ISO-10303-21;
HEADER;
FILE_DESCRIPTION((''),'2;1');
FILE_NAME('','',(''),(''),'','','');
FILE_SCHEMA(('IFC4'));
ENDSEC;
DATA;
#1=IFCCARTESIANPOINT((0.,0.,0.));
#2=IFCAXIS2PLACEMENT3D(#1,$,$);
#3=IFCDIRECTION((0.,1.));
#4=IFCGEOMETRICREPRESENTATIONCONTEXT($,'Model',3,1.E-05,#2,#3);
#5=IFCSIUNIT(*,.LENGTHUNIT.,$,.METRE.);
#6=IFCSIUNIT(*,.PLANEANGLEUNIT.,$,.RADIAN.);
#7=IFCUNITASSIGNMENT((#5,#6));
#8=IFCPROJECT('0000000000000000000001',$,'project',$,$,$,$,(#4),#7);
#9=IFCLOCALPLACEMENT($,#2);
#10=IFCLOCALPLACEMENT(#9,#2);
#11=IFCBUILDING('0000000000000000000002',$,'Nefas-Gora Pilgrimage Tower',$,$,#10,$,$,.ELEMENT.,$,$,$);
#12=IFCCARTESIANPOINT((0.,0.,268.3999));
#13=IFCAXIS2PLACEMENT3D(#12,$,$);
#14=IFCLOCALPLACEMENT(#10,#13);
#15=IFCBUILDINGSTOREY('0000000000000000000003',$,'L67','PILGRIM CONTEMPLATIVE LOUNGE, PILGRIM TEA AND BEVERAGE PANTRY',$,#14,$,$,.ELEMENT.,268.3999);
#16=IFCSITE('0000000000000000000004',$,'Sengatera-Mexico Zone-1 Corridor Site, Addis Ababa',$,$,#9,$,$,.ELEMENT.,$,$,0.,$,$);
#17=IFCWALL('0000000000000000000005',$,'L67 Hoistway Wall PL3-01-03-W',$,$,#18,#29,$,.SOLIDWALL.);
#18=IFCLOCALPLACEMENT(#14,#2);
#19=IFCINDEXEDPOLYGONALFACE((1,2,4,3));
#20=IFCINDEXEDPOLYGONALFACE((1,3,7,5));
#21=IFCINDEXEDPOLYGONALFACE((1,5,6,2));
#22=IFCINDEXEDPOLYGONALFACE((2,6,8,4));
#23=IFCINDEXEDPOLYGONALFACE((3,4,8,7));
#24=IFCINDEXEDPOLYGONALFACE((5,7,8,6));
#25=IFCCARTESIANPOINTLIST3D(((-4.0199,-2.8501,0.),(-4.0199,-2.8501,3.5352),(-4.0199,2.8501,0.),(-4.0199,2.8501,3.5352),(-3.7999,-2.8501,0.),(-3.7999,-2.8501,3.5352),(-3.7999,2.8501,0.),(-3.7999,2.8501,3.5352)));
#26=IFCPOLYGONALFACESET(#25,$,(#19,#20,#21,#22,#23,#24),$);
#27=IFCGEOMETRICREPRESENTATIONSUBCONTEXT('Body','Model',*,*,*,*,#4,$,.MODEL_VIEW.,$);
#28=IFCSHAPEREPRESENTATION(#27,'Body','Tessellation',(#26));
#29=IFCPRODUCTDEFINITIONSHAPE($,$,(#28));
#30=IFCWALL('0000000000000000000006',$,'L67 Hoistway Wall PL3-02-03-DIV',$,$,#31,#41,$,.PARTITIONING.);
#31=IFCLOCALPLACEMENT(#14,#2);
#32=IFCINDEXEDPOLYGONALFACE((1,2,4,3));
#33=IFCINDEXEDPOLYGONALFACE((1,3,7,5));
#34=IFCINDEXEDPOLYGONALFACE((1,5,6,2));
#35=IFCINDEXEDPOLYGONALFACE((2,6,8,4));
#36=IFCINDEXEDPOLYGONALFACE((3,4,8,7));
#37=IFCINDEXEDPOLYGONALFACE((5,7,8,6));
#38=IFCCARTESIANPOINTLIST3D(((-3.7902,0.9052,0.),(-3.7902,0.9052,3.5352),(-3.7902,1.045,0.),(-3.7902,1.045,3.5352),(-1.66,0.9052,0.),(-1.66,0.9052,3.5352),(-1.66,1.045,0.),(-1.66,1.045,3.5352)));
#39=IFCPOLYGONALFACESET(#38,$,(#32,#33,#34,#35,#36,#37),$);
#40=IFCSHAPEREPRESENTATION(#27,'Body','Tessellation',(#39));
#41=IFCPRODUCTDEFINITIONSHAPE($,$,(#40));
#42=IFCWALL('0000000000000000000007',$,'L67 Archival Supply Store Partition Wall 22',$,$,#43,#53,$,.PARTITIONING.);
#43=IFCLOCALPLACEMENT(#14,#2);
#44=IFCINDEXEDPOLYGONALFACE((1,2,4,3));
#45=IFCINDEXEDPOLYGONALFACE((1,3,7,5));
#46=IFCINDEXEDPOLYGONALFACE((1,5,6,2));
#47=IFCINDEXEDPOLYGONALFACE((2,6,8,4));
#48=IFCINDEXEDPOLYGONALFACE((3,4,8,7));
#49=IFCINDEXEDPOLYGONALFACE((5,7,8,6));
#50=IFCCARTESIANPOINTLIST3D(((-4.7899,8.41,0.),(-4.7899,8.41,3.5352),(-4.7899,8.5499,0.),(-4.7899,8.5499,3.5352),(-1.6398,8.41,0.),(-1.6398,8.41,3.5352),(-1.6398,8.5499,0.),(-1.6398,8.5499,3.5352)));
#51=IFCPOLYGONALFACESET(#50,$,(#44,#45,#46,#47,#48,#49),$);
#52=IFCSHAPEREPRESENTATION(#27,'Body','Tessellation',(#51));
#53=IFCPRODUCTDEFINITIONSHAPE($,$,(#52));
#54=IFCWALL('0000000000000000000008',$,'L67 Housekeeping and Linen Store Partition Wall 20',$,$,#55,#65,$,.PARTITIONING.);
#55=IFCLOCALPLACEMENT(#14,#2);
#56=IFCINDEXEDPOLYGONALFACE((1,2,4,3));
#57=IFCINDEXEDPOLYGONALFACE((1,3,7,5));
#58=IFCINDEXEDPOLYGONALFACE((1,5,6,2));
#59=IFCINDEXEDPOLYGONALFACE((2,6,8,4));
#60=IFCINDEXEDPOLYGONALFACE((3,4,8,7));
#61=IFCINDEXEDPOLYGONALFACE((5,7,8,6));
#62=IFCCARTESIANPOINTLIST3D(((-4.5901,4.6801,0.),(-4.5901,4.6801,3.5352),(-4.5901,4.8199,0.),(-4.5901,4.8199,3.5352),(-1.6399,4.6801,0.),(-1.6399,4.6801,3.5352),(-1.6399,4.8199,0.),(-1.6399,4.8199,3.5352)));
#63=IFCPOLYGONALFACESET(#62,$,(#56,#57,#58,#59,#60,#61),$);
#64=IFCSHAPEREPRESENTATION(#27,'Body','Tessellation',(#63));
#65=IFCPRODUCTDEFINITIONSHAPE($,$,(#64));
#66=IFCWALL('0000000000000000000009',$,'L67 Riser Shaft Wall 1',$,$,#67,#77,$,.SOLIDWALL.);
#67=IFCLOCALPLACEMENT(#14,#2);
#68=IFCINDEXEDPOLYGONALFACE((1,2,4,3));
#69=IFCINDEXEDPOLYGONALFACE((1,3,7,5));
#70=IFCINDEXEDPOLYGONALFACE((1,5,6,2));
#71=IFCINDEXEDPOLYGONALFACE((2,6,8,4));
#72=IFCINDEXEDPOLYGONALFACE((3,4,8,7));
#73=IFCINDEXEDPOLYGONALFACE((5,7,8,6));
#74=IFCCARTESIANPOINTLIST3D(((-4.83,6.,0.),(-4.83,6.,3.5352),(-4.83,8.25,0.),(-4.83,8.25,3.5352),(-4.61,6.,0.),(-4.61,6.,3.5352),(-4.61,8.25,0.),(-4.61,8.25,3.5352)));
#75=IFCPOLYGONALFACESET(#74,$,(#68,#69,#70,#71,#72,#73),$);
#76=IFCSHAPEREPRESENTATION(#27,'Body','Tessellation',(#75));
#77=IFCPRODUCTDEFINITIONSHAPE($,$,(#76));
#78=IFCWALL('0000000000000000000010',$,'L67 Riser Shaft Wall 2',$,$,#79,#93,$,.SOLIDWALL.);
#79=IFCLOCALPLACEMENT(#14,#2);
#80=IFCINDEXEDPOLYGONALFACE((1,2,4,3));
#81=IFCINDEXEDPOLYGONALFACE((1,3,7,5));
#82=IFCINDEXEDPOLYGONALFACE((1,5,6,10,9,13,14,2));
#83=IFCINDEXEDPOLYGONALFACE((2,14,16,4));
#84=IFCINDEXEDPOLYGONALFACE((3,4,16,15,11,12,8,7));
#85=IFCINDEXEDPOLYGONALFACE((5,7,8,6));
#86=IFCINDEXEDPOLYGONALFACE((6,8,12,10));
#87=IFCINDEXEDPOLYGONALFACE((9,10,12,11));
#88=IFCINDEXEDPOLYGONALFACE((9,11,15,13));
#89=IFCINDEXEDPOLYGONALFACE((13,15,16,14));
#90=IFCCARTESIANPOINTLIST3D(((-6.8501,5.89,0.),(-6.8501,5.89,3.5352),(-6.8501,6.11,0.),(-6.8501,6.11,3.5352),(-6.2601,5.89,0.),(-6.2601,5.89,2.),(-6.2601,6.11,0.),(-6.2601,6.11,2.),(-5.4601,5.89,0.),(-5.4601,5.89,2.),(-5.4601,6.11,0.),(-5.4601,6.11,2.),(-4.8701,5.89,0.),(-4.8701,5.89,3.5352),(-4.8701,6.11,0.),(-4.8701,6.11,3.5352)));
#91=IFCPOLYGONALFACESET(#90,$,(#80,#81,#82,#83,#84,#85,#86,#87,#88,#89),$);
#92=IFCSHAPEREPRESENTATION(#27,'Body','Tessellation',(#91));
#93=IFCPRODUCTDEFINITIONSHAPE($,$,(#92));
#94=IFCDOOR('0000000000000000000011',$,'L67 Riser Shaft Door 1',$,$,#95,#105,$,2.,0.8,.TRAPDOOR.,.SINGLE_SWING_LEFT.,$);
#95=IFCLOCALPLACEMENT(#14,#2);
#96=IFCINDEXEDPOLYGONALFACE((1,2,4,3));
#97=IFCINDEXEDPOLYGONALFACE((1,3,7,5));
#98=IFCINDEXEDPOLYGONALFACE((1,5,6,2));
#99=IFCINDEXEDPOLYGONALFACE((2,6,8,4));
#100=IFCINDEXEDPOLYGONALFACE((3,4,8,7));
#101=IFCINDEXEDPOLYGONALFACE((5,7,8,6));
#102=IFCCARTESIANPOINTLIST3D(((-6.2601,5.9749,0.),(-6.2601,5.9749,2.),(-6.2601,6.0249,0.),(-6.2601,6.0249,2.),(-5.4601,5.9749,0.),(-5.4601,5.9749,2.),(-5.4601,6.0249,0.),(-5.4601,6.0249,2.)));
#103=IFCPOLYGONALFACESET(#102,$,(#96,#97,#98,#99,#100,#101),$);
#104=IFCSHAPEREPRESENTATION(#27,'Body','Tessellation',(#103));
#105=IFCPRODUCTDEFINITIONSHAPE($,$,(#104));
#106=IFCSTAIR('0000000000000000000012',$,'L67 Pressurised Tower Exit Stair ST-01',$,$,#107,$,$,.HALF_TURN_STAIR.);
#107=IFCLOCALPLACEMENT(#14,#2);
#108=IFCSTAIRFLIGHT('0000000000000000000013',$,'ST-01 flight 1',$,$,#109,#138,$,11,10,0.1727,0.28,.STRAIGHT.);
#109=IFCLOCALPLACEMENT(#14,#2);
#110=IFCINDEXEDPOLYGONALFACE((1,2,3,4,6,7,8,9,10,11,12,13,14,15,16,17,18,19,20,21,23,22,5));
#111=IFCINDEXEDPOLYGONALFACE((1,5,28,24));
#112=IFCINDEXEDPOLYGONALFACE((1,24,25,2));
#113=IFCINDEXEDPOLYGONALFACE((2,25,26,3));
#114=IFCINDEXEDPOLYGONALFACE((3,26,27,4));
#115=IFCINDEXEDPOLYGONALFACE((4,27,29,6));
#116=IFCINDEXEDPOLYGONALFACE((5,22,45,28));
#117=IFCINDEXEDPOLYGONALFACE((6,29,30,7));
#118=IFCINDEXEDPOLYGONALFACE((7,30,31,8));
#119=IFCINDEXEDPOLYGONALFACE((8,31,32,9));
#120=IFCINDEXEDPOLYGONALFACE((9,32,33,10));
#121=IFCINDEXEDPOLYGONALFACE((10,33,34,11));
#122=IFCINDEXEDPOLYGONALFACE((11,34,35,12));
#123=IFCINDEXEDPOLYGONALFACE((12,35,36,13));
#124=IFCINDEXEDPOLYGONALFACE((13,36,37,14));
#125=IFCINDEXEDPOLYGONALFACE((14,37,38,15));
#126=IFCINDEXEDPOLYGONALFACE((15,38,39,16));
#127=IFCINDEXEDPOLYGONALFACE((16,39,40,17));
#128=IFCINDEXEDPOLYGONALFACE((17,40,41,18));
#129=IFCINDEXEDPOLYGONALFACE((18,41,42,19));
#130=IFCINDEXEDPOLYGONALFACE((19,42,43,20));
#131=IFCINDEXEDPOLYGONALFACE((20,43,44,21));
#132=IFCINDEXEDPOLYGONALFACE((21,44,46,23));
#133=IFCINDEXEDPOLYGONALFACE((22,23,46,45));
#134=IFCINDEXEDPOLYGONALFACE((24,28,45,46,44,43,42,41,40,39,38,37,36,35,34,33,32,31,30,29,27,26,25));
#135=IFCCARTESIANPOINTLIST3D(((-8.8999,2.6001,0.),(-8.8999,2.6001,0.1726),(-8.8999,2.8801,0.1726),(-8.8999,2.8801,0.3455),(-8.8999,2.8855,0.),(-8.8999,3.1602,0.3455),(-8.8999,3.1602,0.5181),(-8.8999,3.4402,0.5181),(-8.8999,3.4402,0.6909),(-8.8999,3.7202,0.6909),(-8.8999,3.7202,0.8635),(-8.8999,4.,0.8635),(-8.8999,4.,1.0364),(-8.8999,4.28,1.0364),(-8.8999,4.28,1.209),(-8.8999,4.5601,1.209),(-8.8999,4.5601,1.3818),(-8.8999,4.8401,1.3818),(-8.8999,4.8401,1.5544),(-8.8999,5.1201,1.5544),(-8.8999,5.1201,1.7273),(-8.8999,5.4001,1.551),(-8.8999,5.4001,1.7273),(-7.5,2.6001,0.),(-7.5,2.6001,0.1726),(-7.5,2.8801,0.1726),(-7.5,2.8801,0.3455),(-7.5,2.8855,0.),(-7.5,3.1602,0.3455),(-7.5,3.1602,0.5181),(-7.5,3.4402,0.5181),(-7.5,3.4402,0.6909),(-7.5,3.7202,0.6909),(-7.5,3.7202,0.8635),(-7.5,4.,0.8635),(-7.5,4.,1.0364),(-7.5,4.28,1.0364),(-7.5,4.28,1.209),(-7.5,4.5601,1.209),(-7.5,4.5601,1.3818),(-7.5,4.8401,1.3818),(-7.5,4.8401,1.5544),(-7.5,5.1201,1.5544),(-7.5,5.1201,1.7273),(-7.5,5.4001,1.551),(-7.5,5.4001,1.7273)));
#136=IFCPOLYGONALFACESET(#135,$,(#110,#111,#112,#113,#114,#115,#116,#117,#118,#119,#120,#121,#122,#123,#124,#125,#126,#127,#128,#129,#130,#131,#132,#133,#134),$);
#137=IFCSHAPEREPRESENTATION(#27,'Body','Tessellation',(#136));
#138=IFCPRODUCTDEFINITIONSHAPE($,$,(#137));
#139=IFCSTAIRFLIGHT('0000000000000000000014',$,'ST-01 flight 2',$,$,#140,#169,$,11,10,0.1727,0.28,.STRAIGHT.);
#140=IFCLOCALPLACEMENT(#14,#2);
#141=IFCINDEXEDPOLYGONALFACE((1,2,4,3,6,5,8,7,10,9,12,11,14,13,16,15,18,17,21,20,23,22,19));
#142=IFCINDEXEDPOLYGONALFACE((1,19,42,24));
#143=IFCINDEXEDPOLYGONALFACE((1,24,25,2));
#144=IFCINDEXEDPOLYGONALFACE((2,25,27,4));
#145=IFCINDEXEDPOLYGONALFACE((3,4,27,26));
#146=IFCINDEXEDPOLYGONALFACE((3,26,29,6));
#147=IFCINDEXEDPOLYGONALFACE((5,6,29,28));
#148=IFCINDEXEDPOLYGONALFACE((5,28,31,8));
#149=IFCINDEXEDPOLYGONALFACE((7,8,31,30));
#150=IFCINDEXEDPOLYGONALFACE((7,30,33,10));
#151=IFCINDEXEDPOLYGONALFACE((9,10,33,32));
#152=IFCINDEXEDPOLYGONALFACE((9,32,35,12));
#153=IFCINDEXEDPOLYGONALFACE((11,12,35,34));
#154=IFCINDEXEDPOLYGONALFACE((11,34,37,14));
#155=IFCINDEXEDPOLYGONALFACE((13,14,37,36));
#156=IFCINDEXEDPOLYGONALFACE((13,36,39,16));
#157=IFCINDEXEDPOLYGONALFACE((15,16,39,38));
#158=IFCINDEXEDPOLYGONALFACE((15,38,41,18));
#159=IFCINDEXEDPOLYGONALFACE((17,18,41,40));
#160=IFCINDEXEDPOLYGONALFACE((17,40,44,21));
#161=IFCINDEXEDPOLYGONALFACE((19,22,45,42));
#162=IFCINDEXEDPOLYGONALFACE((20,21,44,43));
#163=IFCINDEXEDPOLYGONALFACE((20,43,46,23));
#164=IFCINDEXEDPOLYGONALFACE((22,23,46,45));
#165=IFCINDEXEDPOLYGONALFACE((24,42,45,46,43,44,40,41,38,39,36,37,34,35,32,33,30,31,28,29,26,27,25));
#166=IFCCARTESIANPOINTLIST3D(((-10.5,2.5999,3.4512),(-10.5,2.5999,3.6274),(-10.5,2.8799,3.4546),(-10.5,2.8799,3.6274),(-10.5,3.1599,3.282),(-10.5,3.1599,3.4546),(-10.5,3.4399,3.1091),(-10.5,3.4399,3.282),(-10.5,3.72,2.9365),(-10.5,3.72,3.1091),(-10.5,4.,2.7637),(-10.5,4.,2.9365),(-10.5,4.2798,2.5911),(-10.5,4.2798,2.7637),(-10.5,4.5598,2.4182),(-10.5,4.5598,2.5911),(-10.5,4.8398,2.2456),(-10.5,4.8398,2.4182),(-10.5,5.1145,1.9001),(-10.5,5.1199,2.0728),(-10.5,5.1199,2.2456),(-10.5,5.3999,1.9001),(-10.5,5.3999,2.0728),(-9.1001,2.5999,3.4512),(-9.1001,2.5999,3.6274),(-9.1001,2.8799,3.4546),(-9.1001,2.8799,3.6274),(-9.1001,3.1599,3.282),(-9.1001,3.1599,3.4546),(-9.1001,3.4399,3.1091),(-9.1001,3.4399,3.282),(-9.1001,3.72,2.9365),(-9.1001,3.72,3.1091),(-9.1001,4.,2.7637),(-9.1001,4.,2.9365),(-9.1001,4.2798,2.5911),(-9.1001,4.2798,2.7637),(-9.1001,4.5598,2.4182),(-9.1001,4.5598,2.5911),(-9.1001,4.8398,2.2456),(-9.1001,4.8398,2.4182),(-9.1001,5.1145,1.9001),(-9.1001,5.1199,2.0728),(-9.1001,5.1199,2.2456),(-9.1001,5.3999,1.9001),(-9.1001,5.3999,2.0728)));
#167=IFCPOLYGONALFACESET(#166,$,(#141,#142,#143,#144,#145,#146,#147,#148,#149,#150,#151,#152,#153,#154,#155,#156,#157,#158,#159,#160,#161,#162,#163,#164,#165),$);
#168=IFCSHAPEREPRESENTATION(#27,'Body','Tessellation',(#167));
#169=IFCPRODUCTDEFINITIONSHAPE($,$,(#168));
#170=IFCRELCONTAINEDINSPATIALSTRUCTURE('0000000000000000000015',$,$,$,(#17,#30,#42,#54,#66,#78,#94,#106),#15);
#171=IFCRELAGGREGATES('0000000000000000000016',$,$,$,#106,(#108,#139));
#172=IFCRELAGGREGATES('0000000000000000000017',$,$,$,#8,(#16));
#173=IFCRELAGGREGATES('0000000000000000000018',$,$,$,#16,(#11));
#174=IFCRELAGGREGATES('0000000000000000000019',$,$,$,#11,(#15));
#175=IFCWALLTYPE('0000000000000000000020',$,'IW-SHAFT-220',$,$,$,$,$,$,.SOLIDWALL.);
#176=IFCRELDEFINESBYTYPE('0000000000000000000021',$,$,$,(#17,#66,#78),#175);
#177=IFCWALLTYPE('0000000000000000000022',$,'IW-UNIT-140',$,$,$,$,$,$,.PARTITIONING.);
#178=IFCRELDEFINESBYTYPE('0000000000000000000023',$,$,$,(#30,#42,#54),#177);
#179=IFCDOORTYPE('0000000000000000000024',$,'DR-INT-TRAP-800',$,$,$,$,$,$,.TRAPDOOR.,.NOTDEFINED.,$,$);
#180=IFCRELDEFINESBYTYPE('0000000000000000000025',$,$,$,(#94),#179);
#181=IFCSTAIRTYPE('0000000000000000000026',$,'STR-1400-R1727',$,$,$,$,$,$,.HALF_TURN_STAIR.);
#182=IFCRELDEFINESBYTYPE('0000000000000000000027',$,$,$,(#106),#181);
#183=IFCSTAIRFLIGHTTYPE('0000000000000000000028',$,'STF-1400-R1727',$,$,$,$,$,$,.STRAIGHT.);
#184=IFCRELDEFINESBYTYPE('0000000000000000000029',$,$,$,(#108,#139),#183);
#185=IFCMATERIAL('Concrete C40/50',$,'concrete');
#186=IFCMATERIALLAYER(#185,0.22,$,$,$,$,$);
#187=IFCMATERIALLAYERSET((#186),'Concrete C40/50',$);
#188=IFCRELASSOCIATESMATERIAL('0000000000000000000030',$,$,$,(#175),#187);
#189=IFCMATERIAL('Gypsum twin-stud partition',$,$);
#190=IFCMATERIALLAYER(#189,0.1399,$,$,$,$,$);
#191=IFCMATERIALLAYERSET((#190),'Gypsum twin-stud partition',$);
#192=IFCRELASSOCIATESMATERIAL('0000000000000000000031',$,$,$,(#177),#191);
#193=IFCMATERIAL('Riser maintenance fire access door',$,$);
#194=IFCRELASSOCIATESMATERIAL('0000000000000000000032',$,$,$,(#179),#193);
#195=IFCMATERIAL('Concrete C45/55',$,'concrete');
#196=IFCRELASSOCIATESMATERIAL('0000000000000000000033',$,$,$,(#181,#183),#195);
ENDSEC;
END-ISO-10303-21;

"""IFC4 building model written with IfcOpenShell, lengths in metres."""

from ifc_helpers import new_model, si_unit, direction, frame, frame_2d, origin, place, context, subcontext, project, spatial, polyline, rectangle, outline, extrude, source, transform, mapped, material, layer, layer_set, type_object, element, fill, aggregate, save


model = new_model("IFC4")

# Units and contexts
model_context = context("Model", 3, precision=1e-05, world=origin(), true_north=direction((0.0, 1.0)))
body_context = subcontext(model_context, "Body", "Model", "MODEL_VIEW")
ifc_project = project(units=[si_unit("LENGTHUNIT", "METRE"), si_unit("PLANEANGLEUNIT", "RADIAN")], contexts=[model_context])

# Site, building, storey
site_placement = place(None, origin())
site = spatial("IfcSite", under=ifc_project, at=site_placement, Name="Sengatera-Mexico Zone-1 Corridor Site, Addis Ababa", CompositionType="ELEMENT", RefElevation=0.0)
building_placement = place(site_placement, origin())
building = spatial("IfcBuilding", under=site, at=building_placement, Name="Nefas-Gora Pilgrimage Tower", CompositionType="ELEMENT")
storey_placement = place(building_placement, frame((0.0, 0.0, 268.3999)))
storey = spatial("IfcBuildingStorey", under=building, at=storey_placement, Name="L67", Description="PILGRIM CONTEMPLATIVE LOUNGE, PILGRIM TEA AND BEVERAGE PANTRY", CompositionType="ELEMENT", Elevation=268.3999)

# Shared definitions
ifc_material_1 = material(Name="Concrete C45/55", Category="concrete")

# Shared definitions
ifc_material_2 = material(Name="Concrete C40/50", Category="concrete")
ifc_layer_1 = layer(ifc_material_2, 0.22)
ifc_layer_set_1 = layer_set([ifc_layer_1], Name="Concrete C40/50")
wall_type_1 = type_object("IfcWallType", Name="IW-SHAFT-220", PredefinedType="SOLIDWALL", material=ifc_layer_set_1)

# Walls
shared_shape_1 = source(origin(), body_context, "Body", "SweptSolid", [
    extrude(rectangle(XDim=5.7002, YDim=0.22, at=frame_2d((2.8501, 0.0))), origin(), (0.0, 0.0, 1.0), 3.5352),
])
wall_1_placement = place(storey_placement, frame((-3.9099, 2.8501, 0.0), z_axis=(0.0, 0.0, 1.0), x_axis=(0.0, -1.0, 0.0)))
element("IfcWall", 1, at=wall_1_placement, inside=storey, type_object=wall_type_1, Name="L67 Hoistway Wall PL3-01-03-W", PredefinedType="SOLIDWALL", context=body_context, shape_type="MappedRepresentation", body=[
    mapped(shared_shape_1, transform((0.0, 0.0, 0.0), x_axis=(1.0, 0.0, 0.0), y_axis=(0.0, 1.0, 0.0), z_axis=(0.0, 0.0, 1.0), scale=1.0)),
])
ifc_material_3 = material(Name="Gypsum twin-stud partition")
ifc_layer_2 = layer(ifc_material_3, 0.1399)
ifc_layer_set_2 = layer_set([ifc_layer_2], Name="Gypsum twin-stud partition")
wall_type_2 = type_object("IfcWallType", Name="IW-UNIT-140", PredefinedType="PARTITIONING", material=ifc_layer_set_2)
shared_shape_2 = source(origin(), body_context, "Body", "SweptSolid", [
    extrude(rectangle(XDim=2.1301, YDim=0.1399, at=frame_2d((1.0649, 0.0))), origin(), (0.0, 0.0, 1.0), 3.5352),
])
wall_2_placement = place(storey_placement, frame((-3.79, 0.9751, 0.0), z_axis=(0.0, 0.0, 1.0), x_axis=(1.0, 0.0, 0.0)))
element("IfcWall", 2, at=wall_2_placement, inside=storey, type_object=wall_type_2, Name="L67 Hoistway Wall PL3-02-03-DIV", PredefinedType="PARTITIONING", context=body_context, shape_type="MappedRepresentation", body=[
    mapped(shared_shape_2, transform((0.0, 0.0, 0.0), x_axis=(1.0, 0.0, 0.0), y_axis=(0.0, 1.0, 0.0), z_axis=(0.0, 0.0, 1.0), scale=1.0)),
])
shared_shape_3 = source(origin(), body_context, "Body", "SweptSolid", [
    extrude(rectangle(XDim=3.1501, YDim=0.1399, at=frame_2d((1.5752, 0.0))), origin(), (0.0, 0.0, 1.0), 3.5352),
])
wall_3_placement = place(storey_placement, frame((-4.79, 8.48, 0.0), z_axis=(0.0, 0.0, 1.0), x_axis=(1.0, 0.0, 0.0)))
element("IfcWall", 3, at=wall_3_placement, inside=storey, type_object=wall_type_2, Name="L67 Archival Supply Store Partition Wall 22", PredefinedType="PARTITIONING", context=body_context, shape_type="MappedRepresentation", body=[
    mapped(shared_shape_3, transform((0.0, 0.0, 0.0), x_axis=(1.0, 0.0, 0.0), y_axis=(0.0, 1.0, 0.0), z_axis=(0.0, 0.0, 1.0), scale=1.0)),
])
shared_shape_4 = source(origin(), body_context, "Body", "SweptSolid", [
    extrude(rectangle(XDim=2.9502, YDim=0.1399, at=frame_2d((1.4751, 0.0))), origin(), (0.0, 0.0, 1.0), 3.5352),
])
wall_4_placement = place(storey_placement, frame((-4.5901, 4.75, 0.0), z_axis=(0.0, 0.0, 1.0), x_axis=(1.0, 0.0, 0.0)))
element("IfcWall", 4, at=wall_4_placement, inside=storey, type_object=wall_type_2, Name="L67 Housekeeping and Linen Store Partition Wall 20", PredefinedType="PARTITIONING", context=body_context, shape_type="MappedRepresentation", body=[
    mapped(shared_shape_4, transform((0.0, 0.0, 0.0), x_axis=(1.0, 0.0, 0.0), y_axis=(0.0, 1.0, 0.0), z_axis=(0.0, 0.0, 1.0), scale=1.0)),
])
shared_shape_5 = source(origin(), body_context, "Body", "SweptSolid", [
    extrude(rectangle(XDim=2.25, YDim=0.22, at=frame_2d((1.125, 0.0))), origin(), (0.0, 0.0, 1.0), 3.5352),
])
wall_5_placement = place(storey_placement, frame((-4.72, 6.0, 0.0), z_axis=(0.0, 0.0, 1.0), x_axis=(0.0, 1.0, 0.0)))
element("IfcWall", 5, at=wall_5_placement, inside=storey, type_object=wall_type_1, Name="L67 Riser Shaft Wall 1", PredefinedType="SOLIDWALL", context=body_context, shape_type="MappedRepresentation", body=[
    mapped(shared_shape_5, transform((0.0, 0.0, 0.0), x_axis=(1.0, 0.0, 0.0), y_axis=(0.0, 1.0, 0.0), z_axis=(0.0, 0.0, 1.0), scale=1.0)),
])

# Wall, opening, door
shared_shape_6 = source(origin(), body_context, "Body", "SweptSolid", [
    extrude(rectangle(XDim=1.98, YDim=0.22, at=frame_2d((0.99, 0.0))), origin(), (0.0, 0.0, 1.0), 3.5352),
])
wall_6_placement = place(storey_placement, frame((-6.8501, 6.0, 0.0), z_axis=(0.0, 0.0, 1.0), x_axis=(1.0, 0.0, 0.0)))
wall_6 = element("IfcWall", 6, at=wall_6_placement, inside=storey, type_object=wall_type_1, Name="L67 Riser Shaft Wall 2", PredefinedType="SOLIDWALL", context=body_context, shape_type="MappedRepresentation", body=[
    mapped(shared_shape_6, transform((0.0, 0.0, 0.0), x_axis=(1.0, 0.0, 0.0), y_axis=(0.0, 1.0, 0.0), z_axis=(0.0, 0.0, 1.0), scale=1.0)),
])
opening_1_placement = place(wall_6_placement, frame((0.5901, 0.0, 0.0)))
opening_1 = element("IfcOpeningElement", 7, at=opening_1_placement, cuts=wall_6, PredefinedType="OPENING", context=body_context, shape_type="SweptSolid", body=[
    extrude(rectangle(XDim=0.8, YDim=2.0, at=frame_2d((0.3999, 1.0))), frame((0.0, 0.1199, 0.0), z_axis=(0.0, -1.0, 0.0), x_axis=(1.0, 0.0, 0.0)), (0.0, 0.0, 1.0), 0.24),
])
ifc_material_4 = material(Name="Riser maintenance fire access door")
door_type_1 = type_object("IfcDoorType", Name="DR-INT-TRAP-800", OperationType="NOTDEFINED", PredefinedType="TRAPDOOR", material=ifc_material_4)
shared_shape_7 = source(origin(), body_context, "Body", "SweptSolid", [
    extrude(rectangle(XDim=0.8, YDim=2.0, at=frame_2d((0.3999, 1.0))), frame((0.0, 0.0249, 0.0), z_axis=(0.0, -1.0, 0.0), x_axis=(1.0, 0.0, 0.0)), (0.0, 0.0, 1.0), 0.05),
])
door_1_placement = place(opening_1_placement, origin())
door_1 = element("IfcDoor", 8, at=door_1_placement, inside=storey, type_object=door_type_1, Name="L67 Riser Shaft Door 1", OperationType="SINGLE_SWING_LEFT", OverallHeight=2.0, OverallWidth=0.8, PredefinedType="TRAPDOOR", context=body_context, shape_type="MappedRepresentation", body=[
    mapped(shared_shape_7, transform((0.0, 0.0, 0.0), x_axis=(1.0, 0.0, 0.0), y_axis=(0.0, 1.0, 0.0), z_axis=(0.0, 0.0, 1.0), scale=1.0)),
])
fill(opening_1, door_1)

# Stair, stair flights
stair_type = type_object("IfcStairType", Name="STR-1400-R1727", PredefinedType="HALF_TURN_STAIR", material=ifc_material_1)
stair_placement = place(storey_placement, origin())
stair = element("IfcStair", 9, at=stair_placement, inside=storey, type_object=stair_type, Name="L67 Pressurised Tower Exit Stair ST-01", PredefinedType="HALF_TURN_STAIR")
stair_flight_type = type_object("IfcStairFlightType", Name="STF-1400-R1727", PredefinedType="STRAIGHT", material=ifc_material_1)
shared_shape_8 = source(origin(), body_context, "Body", "SweptSolid", [
    extrude(outline(polyline([(0.0, 0.0), (0.0, 0.1726), (0.28, 0.1726), (0.28, 0.3455), (0.5601, 0.3455), (0.5601, 0.5181), (0.8401, 0.5181), (0.8401, 0.6909), (1.1201, 0.6909), (1.1201, 0.8635), (1.3999, 0.8635), (1.3999, 1.0364), (1.6799, 1.0364), (1.6799, 1.209), (1.96, 1.209), (1.96, 1.3818), (2.24, 1.3818), (2.24, 1.5544), (2.52, 1.5544), (2.52, 1.7273), (2.8, 1.7273), (2.8, 1.8999), (2.8, 1.551), (0.2854, 0.0), (0.0, 0.0)])), frame((0.0, 0.7, 0.0), z_axis=(0.0, -1.0, 0.0), x_axis=(1.0, 0.0, 0.0)), (0.0, 0.0, 1.0), 1.3999),
])
stair_flight_1_placement = place(storey_placement, frame((-8.2, 2.6001, 0.0), z_axis=(0.0, 0.0, 1.0), x_axis=(0.0, 1.0, 0.0)))
stair_flight_1 = element("IfcStairFlight", 10, at=stair_flight_1_placement, type_object=stair_flight_type, Name="ST-01 flight 1", NumberOfRisers=11, NumberOfTreads=10, PredefinedType="STRAIGHT", RiserHeight=0.1727, TreadLength=0.28, context=body_context, shape_type="MappedRepresentation", body=[
    mapped(shared_shape_8, transform((0.0, 0.0, 0.0), x_axis=(1.0, 0.0, 0.0), y_axis=(0.0, 1.0, 0.0), z_axis=(0.0, 0.0, 1.0), scale=1.0)),
])
stair_flight_2_placement = place(storey_placement, frame((-9.8, 5.3999, 1.9001), z_axis=(0.0, 0.0, 1.0), x_axis=(0.0, -1.0, 0.0)))
stair_flight_2 = element("IfcStairFlight", 11, at=stair_flight_2_placement, type_object=stair_flight_type, Name="ST-01 flight 2", NumberOfRisers=11, NumberOfTreads=10, PredefinedType="STRAIGHT", RiserHeight=0.1727, TreadLength=0.28, context=body_context, shape_type="MappedRepresentation", body=[
    mapped(shared_shape_8, transform((0.0, 0.0, 0.0), x_axis=(1.0, 0.0, 0.0), y_axis=(0.0, 1.0, 0.0), z_axis=(0.0, 0.0, 1.0), scale=1.0)),
])
aggregate(stair, [stair_flight_1, stair_flight_2])

save(model, "model.ifc")
